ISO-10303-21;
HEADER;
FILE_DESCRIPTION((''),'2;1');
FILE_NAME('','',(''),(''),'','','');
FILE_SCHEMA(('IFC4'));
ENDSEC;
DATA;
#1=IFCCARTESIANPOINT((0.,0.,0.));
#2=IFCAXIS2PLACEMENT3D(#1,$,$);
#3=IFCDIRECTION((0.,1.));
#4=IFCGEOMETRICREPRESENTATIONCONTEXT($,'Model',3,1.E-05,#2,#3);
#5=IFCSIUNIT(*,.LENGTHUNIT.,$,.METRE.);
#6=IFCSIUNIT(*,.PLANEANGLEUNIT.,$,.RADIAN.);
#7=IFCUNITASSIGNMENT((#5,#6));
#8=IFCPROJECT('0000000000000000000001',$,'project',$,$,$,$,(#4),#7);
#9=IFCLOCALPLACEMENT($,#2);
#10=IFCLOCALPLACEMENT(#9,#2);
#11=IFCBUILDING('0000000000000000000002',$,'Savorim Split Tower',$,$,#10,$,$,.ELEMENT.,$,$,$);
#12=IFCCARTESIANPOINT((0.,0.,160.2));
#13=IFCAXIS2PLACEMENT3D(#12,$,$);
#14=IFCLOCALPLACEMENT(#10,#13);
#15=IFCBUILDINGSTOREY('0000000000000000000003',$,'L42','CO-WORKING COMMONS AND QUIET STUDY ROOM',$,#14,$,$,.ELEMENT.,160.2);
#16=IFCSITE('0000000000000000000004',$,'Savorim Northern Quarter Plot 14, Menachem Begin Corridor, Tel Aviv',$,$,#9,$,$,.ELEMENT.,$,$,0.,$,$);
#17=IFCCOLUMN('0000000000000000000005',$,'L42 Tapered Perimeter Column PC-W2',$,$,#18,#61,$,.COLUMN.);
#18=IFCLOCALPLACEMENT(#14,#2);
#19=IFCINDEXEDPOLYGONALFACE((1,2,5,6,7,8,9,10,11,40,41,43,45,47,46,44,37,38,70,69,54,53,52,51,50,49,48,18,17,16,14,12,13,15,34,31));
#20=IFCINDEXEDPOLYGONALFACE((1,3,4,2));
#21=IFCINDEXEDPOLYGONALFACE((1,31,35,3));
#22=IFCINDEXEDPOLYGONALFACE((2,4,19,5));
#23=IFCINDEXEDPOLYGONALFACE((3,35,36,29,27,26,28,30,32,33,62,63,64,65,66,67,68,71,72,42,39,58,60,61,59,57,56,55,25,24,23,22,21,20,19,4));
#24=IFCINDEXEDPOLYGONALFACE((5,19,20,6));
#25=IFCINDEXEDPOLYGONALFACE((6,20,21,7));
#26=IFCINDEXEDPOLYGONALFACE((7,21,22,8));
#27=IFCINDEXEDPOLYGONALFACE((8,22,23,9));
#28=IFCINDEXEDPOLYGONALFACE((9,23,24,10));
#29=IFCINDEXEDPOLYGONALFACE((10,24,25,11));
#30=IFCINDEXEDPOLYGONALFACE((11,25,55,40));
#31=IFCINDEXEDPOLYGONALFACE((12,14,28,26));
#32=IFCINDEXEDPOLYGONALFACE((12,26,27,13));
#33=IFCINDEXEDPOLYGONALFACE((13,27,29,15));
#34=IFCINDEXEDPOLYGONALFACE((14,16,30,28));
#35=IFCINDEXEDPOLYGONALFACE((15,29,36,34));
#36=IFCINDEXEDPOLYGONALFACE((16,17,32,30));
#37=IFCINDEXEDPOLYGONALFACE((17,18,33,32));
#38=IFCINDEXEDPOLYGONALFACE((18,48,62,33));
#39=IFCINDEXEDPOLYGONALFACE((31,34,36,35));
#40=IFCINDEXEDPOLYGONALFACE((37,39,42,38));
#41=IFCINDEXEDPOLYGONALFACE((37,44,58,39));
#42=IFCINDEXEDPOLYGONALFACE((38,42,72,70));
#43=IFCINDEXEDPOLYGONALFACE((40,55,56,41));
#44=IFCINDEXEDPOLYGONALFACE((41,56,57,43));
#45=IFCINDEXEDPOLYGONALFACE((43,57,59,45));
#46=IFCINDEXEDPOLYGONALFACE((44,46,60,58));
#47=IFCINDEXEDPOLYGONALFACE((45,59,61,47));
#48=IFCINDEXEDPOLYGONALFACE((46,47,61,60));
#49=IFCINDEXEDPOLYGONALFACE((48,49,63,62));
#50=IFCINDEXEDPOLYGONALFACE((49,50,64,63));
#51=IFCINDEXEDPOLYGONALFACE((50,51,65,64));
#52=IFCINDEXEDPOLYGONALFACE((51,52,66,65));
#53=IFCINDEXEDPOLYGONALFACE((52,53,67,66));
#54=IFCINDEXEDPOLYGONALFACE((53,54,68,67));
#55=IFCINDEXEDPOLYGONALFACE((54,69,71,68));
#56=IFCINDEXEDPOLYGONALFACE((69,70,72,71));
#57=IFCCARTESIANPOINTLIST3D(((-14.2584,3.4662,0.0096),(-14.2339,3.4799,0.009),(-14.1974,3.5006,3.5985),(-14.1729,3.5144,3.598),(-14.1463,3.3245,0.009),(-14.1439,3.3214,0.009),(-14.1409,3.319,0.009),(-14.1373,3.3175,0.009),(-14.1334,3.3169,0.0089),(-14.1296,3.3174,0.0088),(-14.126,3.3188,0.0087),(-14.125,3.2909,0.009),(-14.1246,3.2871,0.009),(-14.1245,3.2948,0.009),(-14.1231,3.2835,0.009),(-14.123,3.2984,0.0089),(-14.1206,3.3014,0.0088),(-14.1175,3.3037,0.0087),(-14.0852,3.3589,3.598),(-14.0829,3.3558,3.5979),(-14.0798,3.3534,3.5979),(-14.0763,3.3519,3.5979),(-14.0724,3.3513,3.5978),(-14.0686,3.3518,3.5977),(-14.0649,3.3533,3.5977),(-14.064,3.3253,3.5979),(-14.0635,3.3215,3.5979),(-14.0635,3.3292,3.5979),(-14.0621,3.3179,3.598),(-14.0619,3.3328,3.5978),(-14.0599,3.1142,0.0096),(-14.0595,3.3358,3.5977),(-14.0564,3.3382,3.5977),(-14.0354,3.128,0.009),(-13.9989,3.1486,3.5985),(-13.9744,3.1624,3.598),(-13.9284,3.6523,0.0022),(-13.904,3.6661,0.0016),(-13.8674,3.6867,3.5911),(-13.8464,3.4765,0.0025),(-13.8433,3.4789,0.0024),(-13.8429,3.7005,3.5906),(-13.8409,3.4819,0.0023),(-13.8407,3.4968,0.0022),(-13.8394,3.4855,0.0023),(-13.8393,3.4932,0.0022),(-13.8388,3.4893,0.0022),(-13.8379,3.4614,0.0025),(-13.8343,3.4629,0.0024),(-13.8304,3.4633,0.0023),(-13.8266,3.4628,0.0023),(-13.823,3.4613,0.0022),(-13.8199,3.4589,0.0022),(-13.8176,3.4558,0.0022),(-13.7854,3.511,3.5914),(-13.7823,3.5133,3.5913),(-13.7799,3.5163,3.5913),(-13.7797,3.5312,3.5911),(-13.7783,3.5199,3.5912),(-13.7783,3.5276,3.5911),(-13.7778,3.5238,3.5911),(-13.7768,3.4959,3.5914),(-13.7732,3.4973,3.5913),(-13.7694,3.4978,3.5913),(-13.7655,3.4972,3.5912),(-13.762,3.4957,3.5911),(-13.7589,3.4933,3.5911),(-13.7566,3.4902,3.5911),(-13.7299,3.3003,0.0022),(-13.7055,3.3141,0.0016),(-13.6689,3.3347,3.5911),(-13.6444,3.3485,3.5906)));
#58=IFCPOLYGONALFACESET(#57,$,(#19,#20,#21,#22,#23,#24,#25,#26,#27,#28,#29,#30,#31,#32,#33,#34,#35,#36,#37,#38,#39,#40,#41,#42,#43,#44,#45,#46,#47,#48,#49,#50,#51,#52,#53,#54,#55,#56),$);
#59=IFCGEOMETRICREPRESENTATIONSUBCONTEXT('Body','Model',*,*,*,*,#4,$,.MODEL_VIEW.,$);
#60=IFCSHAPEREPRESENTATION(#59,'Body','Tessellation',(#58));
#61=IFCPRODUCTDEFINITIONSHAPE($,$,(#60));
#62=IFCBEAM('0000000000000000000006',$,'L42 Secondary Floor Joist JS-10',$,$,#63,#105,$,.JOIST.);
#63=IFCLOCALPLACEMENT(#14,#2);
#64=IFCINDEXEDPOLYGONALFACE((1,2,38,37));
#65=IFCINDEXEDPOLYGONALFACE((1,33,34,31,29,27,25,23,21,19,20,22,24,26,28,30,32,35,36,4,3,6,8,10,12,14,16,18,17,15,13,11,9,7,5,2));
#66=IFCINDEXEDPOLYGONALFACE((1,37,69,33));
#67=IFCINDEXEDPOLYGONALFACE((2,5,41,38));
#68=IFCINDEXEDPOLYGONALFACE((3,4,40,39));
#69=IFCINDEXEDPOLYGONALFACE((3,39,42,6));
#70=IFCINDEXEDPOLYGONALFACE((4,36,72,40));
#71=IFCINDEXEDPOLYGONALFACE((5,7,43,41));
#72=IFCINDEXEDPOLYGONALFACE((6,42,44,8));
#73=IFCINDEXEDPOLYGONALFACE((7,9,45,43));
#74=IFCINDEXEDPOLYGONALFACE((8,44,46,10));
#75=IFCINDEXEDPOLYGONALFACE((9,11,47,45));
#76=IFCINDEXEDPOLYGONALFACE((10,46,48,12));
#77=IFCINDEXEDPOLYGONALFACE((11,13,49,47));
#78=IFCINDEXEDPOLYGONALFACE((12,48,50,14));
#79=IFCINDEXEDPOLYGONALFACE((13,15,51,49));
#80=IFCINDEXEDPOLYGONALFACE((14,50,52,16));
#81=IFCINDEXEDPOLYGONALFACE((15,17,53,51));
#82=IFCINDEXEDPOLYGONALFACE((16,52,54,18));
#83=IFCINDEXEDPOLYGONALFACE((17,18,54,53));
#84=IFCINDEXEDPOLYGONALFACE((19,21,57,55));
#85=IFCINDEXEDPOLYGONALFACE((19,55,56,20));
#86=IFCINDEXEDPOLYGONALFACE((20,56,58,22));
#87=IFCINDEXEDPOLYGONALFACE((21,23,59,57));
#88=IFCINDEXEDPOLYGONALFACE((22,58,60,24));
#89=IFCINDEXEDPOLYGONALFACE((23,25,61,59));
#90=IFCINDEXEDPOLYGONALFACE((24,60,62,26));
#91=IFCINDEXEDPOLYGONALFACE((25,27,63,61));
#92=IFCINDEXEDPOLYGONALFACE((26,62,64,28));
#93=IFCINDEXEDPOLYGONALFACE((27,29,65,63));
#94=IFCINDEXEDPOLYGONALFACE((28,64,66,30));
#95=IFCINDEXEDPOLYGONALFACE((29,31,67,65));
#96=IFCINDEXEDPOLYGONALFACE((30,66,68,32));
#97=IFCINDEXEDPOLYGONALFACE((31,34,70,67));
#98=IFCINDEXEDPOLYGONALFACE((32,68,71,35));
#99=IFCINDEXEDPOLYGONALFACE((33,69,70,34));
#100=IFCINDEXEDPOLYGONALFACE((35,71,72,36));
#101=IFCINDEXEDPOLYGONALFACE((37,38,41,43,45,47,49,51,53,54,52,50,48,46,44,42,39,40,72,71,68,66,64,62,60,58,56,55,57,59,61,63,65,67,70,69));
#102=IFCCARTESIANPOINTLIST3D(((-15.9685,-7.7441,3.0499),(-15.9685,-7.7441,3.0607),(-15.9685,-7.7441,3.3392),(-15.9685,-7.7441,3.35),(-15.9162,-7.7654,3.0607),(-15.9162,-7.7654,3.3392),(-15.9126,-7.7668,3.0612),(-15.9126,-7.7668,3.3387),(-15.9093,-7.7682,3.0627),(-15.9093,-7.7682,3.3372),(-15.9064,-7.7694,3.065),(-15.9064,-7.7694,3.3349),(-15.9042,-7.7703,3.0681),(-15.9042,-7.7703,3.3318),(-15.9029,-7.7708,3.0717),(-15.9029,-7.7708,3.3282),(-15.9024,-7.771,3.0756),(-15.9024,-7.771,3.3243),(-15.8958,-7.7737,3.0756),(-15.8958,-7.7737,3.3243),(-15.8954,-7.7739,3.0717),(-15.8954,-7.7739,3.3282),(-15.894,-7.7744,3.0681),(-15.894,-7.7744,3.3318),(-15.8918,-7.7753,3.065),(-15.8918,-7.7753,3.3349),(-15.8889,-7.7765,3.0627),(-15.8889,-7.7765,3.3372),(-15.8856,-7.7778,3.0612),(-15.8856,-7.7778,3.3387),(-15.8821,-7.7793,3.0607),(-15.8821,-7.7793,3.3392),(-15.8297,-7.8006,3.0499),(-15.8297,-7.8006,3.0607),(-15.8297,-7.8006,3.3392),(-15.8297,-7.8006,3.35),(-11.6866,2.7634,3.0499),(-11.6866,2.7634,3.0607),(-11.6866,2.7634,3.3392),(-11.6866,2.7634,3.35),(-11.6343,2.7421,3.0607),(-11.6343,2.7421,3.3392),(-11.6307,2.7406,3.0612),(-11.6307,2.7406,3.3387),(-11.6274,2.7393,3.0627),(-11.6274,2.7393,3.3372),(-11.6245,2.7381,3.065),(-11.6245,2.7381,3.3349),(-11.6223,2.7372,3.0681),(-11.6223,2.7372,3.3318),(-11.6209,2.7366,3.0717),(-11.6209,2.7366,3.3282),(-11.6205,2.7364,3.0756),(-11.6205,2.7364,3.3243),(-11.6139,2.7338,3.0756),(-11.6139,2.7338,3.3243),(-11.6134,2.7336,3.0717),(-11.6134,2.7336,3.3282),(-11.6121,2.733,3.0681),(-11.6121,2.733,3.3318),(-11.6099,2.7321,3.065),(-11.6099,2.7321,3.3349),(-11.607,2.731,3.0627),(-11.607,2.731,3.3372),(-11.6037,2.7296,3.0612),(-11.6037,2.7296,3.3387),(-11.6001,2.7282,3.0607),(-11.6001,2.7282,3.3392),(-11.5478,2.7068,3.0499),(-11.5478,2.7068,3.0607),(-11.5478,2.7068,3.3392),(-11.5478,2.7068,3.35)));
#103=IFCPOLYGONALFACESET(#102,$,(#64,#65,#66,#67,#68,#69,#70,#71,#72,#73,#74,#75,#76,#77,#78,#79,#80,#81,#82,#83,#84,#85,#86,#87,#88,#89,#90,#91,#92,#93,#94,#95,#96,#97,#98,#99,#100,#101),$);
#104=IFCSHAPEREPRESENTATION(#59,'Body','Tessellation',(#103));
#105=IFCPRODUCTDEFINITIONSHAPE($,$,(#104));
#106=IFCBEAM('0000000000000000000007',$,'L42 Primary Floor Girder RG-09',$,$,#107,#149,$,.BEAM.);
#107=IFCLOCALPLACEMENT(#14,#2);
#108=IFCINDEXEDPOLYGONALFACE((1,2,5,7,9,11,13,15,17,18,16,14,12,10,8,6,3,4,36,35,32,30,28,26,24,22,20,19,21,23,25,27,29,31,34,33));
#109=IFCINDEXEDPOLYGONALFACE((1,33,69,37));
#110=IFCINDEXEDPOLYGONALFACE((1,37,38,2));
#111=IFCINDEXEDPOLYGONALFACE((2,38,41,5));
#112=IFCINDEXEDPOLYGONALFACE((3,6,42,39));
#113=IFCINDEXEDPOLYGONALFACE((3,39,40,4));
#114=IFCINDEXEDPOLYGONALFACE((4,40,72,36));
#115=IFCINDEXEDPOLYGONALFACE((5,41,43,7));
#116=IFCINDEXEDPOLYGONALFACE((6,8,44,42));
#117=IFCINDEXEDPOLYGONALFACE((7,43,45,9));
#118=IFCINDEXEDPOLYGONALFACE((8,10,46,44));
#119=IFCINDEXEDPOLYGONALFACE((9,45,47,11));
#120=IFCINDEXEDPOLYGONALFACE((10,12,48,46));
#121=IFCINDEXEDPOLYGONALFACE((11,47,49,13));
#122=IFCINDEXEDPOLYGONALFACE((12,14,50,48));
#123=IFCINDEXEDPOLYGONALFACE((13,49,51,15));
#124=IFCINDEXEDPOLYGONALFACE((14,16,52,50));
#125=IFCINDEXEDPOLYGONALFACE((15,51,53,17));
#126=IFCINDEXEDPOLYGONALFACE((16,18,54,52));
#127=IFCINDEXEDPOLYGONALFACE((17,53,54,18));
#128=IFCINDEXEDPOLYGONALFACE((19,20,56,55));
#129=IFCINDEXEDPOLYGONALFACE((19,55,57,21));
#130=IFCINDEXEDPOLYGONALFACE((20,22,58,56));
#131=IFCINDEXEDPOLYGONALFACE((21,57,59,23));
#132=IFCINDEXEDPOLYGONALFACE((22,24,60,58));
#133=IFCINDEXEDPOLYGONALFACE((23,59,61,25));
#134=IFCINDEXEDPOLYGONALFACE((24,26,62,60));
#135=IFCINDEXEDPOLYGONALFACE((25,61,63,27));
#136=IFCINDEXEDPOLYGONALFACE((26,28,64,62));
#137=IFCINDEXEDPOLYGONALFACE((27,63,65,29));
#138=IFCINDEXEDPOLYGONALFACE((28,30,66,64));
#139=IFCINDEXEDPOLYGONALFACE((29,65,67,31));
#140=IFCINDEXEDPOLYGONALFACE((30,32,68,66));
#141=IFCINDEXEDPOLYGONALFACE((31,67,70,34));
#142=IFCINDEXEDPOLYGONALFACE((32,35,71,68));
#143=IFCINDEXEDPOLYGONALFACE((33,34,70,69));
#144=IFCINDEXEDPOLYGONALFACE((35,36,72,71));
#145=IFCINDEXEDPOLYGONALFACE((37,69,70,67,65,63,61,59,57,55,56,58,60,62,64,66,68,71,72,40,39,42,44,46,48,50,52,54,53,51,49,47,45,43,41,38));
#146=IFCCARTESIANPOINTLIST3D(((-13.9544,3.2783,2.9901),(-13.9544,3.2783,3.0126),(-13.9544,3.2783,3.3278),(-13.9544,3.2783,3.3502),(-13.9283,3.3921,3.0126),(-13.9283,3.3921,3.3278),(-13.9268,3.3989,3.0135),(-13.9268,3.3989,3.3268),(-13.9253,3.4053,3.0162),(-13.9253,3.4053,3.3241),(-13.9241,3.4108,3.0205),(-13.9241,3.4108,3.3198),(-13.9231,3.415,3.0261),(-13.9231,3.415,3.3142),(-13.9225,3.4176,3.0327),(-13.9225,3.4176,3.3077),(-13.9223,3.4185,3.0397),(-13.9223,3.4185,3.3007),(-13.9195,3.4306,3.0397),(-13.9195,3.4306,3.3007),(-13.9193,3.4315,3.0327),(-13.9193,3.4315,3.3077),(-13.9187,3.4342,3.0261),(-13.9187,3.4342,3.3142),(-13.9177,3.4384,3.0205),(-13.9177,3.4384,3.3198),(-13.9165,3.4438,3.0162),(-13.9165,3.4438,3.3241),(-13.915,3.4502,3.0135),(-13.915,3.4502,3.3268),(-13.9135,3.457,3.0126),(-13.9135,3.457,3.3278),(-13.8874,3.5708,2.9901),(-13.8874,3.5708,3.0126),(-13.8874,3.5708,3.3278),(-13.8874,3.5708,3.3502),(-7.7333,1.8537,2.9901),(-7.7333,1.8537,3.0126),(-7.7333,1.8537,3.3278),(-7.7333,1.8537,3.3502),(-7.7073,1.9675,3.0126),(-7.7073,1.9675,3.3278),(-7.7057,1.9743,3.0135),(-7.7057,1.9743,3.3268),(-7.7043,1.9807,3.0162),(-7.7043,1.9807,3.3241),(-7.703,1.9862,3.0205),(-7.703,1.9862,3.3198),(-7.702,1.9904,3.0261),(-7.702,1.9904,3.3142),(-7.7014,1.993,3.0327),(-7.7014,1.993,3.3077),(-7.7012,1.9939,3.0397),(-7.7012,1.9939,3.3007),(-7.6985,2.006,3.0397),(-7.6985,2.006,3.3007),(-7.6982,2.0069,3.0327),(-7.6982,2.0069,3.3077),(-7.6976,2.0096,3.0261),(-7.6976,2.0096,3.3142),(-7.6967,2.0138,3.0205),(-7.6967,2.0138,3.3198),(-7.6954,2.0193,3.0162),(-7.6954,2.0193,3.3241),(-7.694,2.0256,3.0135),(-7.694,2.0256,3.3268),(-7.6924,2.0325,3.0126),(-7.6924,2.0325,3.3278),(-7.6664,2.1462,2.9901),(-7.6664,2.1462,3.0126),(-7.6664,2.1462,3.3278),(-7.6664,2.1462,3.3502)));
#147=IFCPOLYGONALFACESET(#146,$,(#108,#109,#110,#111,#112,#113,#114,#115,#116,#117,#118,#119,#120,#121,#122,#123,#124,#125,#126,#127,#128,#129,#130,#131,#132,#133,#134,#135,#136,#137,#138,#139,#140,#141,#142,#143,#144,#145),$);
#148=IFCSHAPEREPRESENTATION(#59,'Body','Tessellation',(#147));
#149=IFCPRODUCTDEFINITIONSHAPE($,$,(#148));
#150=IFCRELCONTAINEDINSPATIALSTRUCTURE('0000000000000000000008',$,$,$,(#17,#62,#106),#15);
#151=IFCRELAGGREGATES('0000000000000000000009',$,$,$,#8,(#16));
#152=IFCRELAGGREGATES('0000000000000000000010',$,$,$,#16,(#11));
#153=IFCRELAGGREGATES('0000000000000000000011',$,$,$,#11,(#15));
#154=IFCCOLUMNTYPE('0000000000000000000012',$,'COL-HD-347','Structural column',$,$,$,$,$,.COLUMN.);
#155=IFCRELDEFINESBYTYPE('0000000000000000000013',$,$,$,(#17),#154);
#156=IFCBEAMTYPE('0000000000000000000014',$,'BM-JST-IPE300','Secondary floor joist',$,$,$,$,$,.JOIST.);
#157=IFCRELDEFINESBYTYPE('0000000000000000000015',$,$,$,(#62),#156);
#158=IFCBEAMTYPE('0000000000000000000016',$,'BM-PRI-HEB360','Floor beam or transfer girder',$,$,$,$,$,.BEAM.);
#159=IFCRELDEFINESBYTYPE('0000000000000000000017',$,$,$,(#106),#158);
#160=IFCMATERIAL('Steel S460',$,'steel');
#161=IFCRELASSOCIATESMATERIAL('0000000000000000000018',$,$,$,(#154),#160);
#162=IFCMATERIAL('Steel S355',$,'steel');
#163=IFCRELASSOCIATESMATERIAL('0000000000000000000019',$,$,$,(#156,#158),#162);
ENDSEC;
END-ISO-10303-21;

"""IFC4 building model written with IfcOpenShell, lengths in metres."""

from ifc_helpers import new_model, si_unit, direction, frame, origin, origin_2d, place, context, subcontext, project, spatial, i_section, extrude, material, material_profile, profile_set, type_object, element, save


model = new_model("IFC4")

# Units and contexts
model_context = context("Model", 3, precision=1e-05, world=origin(), true_north=direction((0.0, 1.0)))
body_context = subcontext(model_context, "Body", "Model", "MODEL_VIEW")
ifc_project = project(units=[si_unit("LENGTHUNIT", "METRE"), si_unit("PLANEANGLEUNIT", "RADIAN")], contexts=[model_context])

# Site, building, storey
site_placement = place(None, origin())
site = spatial("IfcSite", under=ifc_project, at=site_placement, Name="Savorim Northern Quarter Plot 14, Menachem Begin Corridor, Tel Aviv", CompositionType="ELEMENT", RefElevation=0.0)
building_placement = place(site_placement, origin())
building = spatial("IfcBuilding", under=site, at=building_placement, Name="Savorim Split Tower", CompositionType="ELEMENT")
storey_placement = place(building_placement, frame((0.0, 0.0, 160.2)))
storey = spatial("IfcBuildingStorey", under=building, at=storey_placement, Name="L42", Description="CO-WORKING COMMONS AND QUIET STUDY ROOM", CompositionType="ELEMENT", Elevation=160.2)

# Column
ifc_material_1 = material(Name="Steel S460", Category="steel")
ifc_material_profile_1 = material_profile(ifc_material_1, i_section(OverallWidth=0.4041, OverallDepth=0.407, WebThickness=0.0173, FlangeThickness=0.0281, FilletRadius=0.0149, at=origin_2d()), Name="HD 400x347")
ifc_profile_set_1 = profile_set([ifc_material_profile_1], Name="Steel S460")
column_type = type_object("IfcColumnType", Name="COL-HD-347", Description="Structural column", PredefinedType="COLUMN", material=ifc_profile_set_1)
column_placement = place(storey_placement, frame((-13.9819, 3.3901, 0.0056), z_axis=(0.017004, 0.00959, 0.999809), x_axis=(-0.491253, 0.871017, 0.0)))
element("IfcColumn", 1, at=column_placement, inside=storey, type_object=column_type, Name="L42 Tapered Perimeter Column PC-W2", PredefinedType="COLUMN", context=body_context, shape_type="SweptSolid", body=[
    extrude(i_section(OverallWidth=0.4041, OverallDepth=0.407, WebThickness=0.0173, FlangeThickness=0.0281, FilletRadius=0.0149, at=origin_2d()), origin(), (0.0, 0.0, 1.0), 3.5896),
])

# Beams
ifc_material_2 = material(Name="Steel S355", Category="steel")
ifc_material_profile_2 = material_profile(ifc_material_2, i_section(OverallWidth=0.1499, OverallDepth=0.3, WebThickness=0.0071, FlangeThickness=0.0107, FilletRadius=0.0149, at=origin_2d()), Name="IPE 300")
ifc_profile_set_2 = profile_set([ifc_material_profile_2], Name="Steel S355")
beam_type_1 = type_object("IfcBeamType", Name="BM-JST-IPE300", Description="Secondary floor joist", PredefinedType="JOIST", material=ifc_profile_set_2)
beam_1_placement = place(storey_placement, frame((-11.6172, 2.7351, 3.2), z_axis=(-0.377382, -0.926058, 0.0), x_axis=(0.926058, -0.377382, 0.0)))
element("IfcBeam", 2, at=beam_1_placement, inside=storey, type_object=beam_type_1, Name="L42 Secondary Floor Joist JS-10", PredefinedType="JOIST", context=body_context, shape_type="SweptSolid", body=[
    extrude(i_section(OverallWidth=0.1499, OverallDepth=0.3, WebThickness=0.0071, FlangeThickness=0.0107, FilletRadius=0.0149, at=origin_2d()), origin(), (0.0, 0.0, 1.0), 11.3464),
])
ifc_material_profile_3 = material_profile(ifc_material_2, i_section(OverallWidth=0.3, OverallDepth=0.3601, WebThickness=0.0125, FlangeThickness=0.0225, FilletRadius=0.0271, at=origin_2d()), Name="HEB 360")
ifc_profile_set_3 = profile_set([ifc_material_profile_3], Name="Steel S355")
beam_type_2 = type_object("IfcBeamType", Name="BM-PRI-HEB360", Description="Floor beam or transfer girder", PredefinedType="BEAM", material=ifc_profile_set_3)
beam_2_placement = place(storey_placement, frame((-13.9209, 3.4246, 3.1702), z_axis=(0.974769, -0.223216, 0.0), x_axis=(0.223216, 0.974769, 0.0)))
element("IfcBeam", 3, at=beam_2_placement, inside=storey, type_object=beam_type_2, Name="L42 Primary Floor Girder RG-09", PredefinedType="BEAM", context=body_context, shape_type="SweptSolid", body=[
    extrude(i_section(OverallWidth=0.3, OverallDepth=0.3601, WebThickness=0.0125, FlangeThickness=0.0225, FilletRadius=0.0271, at=origin_2d()), origin(), (0.0, 0.0, 1.0), 6.3821),
])

save(model, "model.ifc")
